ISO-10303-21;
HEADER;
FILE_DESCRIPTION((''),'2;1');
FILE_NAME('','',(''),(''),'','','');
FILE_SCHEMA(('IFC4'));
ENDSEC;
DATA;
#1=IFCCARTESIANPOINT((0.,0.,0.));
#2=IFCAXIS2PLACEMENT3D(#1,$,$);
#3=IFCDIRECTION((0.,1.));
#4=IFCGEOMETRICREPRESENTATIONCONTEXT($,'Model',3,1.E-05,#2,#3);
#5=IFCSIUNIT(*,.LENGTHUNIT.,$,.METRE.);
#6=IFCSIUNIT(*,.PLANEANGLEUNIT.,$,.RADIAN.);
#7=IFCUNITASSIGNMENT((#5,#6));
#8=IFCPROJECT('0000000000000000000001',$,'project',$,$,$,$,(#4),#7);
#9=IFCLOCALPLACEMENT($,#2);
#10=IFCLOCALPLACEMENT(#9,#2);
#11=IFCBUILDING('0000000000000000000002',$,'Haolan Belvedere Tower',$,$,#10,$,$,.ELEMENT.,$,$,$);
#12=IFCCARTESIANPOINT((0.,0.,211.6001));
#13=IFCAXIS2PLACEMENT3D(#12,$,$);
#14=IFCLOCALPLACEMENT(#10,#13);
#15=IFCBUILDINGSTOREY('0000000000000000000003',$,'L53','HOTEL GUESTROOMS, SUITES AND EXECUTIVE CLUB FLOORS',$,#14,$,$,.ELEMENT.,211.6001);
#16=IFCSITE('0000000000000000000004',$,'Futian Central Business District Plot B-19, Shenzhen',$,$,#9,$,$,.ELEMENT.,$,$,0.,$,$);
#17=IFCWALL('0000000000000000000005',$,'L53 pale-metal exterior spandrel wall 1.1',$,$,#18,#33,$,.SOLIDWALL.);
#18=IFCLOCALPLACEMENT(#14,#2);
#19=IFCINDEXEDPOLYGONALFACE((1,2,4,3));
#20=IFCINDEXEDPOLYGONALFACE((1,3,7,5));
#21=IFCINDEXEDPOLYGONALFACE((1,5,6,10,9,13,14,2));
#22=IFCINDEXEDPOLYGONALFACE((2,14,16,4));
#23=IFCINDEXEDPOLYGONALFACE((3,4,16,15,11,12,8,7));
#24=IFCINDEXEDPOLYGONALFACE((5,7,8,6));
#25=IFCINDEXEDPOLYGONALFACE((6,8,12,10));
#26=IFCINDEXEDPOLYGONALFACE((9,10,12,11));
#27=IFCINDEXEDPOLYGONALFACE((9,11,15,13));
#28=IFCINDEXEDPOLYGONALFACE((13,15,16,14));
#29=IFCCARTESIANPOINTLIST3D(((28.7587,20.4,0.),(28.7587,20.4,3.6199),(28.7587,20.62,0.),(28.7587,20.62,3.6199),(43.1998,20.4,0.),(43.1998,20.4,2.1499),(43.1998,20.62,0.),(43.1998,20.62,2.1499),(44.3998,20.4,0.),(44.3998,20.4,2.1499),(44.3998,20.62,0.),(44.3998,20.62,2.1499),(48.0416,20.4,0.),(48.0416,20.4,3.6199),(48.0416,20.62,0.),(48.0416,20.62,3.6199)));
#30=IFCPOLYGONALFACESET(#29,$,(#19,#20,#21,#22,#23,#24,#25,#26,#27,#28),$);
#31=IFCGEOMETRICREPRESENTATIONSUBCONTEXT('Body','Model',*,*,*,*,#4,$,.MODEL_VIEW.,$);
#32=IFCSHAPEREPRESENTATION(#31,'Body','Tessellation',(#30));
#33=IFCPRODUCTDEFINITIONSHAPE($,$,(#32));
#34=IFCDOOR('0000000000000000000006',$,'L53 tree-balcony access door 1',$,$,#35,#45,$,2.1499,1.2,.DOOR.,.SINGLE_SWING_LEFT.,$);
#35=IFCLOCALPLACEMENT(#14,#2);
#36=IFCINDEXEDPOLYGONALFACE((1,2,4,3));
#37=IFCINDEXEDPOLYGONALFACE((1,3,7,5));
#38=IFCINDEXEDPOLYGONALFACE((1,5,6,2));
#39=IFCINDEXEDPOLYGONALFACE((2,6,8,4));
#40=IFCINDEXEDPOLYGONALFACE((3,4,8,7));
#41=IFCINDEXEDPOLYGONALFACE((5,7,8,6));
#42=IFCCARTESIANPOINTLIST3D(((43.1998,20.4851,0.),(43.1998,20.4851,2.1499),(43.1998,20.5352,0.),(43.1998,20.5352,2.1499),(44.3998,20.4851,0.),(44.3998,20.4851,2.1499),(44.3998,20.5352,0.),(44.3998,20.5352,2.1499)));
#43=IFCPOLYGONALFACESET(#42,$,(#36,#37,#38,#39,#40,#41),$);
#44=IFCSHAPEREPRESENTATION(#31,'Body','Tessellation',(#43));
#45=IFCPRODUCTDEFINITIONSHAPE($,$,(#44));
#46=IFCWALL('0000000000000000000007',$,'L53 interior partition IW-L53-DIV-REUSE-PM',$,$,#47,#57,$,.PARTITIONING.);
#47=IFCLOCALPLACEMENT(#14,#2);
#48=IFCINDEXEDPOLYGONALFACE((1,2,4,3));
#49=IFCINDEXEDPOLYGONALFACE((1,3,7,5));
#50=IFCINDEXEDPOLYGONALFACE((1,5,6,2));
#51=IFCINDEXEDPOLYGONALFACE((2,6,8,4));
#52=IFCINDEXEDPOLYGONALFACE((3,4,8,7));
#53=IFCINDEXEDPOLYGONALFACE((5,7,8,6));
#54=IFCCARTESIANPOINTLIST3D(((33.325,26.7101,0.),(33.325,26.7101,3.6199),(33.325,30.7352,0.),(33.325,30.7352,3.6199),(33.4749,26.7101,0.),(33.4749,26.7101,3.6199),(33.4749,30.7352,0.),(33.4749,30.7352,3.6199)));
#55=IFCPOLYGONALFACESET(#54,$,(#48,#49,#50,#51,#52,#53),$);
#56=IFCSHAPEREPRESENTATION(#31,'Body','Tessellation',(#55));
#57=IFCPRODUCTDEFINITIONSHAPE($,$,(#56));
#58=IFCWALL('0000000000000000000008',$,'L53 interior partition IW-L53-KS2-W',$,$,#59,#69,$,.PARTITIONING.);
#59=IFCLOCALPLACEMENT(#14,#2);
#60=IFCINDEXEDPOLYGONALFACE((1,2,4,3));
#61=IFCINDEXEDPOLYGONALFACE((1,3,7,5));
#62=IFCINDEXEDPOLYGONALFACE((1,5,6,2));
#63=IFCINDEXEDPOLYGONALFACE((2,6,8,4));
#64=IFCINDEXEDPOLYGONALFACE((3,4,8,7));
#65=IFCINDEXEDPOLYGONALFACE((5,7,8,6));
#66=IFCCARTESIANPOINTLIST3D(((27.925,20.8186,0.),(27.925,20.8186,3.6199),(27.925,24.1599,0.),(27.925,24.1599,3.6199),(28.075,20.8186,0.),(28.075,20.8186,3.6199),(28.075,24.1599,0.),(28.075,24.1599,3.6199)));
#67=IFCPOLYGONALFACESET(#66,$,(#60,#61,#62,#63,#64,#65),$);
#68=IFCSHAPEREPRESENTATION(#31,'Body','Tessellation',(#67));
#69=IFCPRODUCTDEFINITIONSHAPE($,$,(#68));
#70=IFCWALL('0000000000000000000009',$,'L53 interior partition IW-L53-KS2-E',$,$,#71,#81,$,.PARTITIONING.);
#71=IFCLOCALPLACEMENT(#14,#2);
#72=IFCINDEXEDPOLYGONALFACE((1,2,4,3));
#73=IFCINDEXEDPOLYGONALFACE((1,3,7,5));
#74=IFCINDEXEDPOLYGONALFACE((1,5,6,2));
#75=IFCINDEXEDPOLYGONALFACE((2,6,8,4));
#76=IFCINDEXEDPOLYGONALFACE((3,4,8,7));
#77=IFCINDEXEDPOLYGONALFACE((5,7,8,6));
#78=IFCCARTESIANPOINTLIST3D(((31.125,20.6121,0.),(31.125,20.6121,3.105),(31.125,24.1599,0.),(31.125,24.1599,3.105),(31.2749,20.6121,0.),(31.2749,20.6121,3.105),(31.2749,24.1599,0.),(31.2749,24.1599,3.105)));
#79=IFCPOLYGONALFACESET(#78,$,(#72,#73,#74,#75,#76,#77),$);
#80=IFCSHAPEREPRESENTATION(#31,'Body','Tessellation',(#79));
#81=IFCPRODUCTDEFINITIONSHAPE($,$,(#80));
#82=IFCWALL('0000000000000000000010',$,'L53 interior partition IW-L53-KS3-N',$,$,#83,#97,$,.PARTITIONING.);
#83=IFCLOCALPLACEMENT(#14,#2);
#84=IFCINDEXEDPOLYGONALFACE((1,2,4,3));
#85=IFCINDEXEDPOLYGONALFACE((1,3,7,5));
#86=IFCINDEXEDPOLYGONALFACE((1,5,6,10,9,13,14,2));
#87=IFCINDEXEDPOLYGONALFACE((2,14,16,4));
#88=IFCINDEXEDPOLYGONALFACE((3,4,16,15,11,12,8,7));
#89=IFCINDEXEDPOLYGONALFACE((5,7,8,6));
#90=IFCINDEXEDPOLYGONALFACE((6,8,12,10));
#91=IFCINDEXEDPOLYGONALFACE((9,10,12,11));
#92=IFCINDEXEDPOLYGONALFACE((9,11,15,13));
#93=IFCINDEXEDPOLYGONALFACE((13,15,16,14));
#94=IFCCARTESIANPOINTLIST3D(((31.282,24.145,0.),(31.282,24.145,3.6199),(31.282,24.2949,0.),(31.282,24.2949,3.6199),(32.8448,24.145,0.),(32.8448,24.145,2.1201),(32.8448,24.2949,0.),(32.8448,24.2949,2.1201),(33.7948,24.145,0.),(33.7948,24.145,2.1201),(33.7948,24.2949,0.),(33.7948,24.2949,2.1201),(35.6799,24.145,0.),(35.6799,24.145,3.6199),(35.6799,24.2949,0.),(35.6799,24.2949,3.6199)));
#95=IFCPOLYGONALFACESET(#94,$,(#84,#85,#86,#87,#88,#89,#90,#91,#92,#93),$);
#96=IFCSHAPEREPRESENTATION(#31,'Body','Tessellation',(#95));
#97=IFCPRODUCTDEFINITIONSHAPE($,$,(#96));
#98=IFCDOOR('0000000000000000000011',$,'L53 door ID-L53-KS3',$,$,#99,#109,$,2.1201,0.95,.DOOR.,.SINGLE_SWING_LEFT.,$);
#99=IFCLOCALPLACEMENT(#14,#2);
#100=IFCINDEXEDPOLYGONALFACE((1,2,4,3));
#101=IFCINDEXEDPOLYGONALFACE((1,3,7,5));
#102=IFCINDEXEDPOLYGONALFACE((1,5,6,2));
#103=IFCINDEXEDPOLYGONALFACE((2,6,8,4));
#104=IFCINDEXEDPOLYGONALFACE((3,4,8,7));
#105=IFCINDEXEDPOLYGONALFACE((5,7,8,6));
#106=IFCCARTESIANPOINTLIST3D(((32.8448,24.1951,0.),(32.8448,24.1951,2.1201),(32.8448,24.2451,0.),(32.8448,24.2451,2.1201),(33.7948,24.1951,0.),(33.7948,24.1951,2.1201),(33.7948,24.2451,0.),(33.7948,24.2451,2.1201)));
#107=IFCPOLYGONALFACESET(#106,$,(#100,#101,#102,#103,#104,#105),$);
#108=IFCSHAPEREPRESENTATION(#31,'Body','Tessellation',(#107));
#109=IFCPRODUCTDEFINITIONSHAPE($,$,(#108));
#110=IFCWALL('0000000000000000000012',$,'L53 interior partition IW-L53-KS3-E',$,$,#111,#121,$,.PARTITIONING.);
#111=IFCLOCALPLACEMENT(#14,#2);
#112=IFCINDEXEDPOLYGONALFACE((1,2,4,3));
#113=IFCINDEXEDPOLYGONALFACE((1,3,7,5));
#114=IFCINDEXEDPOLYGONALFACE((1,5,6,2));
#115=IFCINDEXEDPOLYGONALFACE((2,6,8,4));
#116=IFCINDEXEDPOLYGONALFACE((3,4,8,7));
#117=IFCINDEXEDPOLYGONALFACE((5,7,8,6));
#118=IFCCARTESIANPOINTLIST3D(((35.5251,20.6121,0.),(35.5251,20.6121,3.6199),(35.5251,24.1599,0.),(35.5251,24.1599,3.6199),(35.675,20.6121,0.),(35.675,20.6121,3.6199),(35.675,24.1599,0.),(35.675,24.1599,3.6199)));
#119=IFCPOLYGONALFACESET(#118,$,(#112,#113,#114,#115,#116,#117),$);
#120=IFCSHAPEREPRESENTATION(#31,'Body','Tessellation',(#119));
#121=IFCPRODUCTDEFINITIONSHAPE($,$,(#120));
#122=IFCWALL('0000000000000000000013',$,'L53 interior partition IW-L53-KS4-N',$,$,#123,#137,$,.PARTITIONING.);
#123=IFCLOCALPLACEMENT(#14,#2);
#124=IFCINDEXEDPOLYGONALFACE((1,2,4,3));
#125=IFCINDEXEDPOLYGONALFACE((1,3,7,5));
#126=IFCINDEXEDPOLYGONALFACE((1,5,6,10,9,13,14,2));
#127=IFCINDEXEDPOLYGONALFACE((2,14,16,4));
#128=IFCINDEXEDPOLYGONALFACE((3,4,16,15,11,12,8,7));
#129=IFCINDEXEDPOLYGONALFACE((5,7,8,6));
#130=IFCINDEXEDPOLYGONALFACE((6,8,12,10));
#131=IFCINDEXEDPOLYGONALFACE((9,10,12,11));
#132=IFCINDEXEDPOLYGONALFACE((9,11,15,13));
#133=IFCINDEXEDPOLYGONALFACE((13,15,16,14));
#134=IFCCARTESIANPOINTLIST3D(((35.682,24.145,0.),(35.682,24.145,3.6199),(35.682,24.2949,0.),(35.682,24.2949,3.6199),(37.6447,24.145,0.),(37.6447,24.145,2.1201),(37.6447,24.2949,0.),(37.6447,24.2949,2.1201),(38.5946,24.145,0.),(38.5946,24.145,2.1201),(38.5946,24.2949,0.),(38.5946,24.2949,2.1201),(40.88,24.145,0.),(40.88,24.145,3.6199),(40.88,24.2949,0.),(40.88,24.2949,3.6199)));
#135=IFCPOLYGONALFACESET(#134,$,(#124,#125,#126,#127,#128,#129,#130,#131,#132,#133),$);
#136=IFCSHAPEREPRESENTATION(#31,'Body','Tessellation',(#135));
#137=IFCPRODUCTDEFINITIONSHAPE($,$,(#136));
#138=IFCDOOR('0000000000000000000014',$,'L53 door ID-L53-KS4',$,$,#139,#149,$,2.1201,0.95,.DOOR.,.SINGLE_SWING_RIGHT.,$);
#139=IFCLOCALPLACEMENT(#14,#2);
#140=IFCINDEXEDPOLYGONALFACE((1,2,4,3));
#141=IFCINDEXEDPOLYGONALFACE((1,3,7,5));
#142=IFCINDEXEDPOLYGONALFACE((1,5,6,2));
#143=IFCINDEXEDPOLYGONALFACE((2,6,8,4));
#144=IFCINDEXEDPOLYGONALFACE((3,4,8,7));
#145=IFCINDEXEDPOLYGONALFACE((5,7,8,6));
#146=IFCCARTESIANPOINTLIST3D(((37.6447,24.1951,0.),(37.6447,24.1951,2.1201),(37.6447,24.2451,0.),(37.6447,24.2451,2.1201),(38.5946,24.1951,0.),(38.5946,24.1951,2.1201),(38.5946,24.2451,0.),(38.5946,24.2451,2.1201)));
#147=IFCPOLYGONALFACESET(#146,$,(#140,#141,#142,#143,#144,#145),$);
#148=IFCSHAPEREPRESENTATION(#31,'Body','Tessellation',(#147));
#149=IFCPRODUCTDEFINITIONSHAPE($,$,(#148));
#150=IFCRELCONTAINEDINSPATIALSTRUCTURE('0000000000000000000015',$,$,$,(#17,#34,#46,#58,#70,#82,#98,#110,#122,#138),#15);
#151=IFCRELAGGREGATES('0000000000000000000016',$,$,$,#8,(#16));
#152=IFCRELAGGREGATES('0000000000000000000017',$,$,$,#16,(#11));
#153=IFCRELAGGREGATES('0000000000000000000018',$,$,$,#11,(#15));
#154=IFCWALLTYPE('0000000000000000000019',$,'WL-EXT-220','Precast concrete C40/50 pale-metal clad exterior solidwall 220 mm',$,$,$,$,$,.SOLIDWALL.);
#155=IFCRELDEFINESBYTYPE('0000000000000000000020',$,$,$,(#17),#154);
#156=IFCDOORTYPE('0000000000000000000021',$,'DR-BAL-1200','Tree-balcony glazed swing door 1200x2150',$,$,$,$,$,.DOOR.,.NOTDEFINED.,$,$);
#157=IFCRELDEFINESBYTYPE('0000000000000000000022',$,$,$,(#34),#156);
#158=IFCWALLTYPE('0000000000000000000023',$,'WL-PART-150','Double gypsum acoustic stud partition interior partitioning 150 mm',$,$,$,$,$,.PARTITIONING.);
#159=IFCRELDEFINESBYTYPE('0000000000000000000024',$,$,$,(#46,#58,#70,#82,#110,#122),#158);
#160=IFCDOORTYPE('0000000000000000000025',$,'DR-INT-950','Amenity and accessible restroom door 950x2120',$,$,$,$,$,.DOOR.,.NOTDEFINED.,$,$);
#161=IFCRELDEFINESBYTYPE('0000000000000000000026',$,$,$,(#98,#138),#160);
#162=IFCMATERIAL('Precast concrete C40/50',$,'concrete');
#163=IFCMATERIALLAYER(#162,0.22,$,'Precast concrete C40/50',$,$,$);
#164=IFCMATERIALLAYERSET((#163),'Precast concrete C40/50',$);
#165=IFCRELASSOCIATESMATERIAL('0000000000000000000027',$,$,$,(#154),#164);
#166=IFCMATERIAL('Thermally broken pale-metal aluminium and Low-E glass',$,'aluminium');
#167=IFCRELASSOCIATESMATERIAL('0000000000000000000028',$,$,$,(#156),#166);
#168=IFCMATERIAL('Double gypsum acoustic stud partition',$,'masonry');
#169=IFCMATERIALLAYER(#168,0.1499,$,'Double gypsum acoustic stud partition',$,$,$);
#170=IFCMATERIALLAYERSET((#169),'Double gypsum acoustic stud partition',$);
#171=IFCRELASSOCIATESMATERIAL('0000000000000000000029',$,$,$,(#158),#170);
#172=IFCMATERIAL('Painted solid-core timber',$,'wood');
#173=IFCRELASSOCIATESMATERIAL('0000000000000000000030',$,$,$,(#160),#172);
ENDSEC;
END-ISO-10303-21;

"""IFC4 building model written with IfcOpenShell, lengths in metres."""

from ifc_helpers import new_model, si_unit, direction, frame, frame_2d, origin, place, context, subcontext, project, spatial, rectangle, extrude, material, layer, layer_set, type_object, element, fill, save


model = new_model("IFC4")

# Units and contexts
model_context = context("Model", 3, precision=1e-05, world=origin(), true_north=direction((0.0, 1.0)))
body_context = subcontext(model_context, "Body", "Model", "MODEL_VIEW")
ifc_project = project(units=[si_unit("LENGTHUNIT", "METRE"), si_unit("PLANEANGLEUNIT", "RADIAN")], contexts=[model_context])

# Site, building, storey
site_placement = place(None, origin())
site = spatial("IfcSite", under=ifc_project, at=site_placement, Name="Futian Central Business District Plot B-19, Shenzhen", CompositionType="ELEMENT", RefElevation=0.0)
building_placement = place(site_placement, origin())
building = spatial("IfcBuilding", under=site, at=building_placement, Name="Haolan Belvedere Tower", CompositionType="ELEMENT")
storey_placement = place(building_placement, frame((0.0, 0.0, 211.6001)))
storey = spatial("IfcBuildingStorey", under=building, at=storey_placement, Name="L53", Description="HOTEL GUESTROOMS, SUITES AND EXECUTIVE CLUB FLOORS", CompositionType="ELEMENT", Elevation=211.6001)

# Wall, opening, door
ifc_material_1 = material(Name="Precast concrete C40/50", Category="concrete")
ifc_layer_1 = layer(ifc_material_1, 0.22, Name="Precast concrete C40/50")
ifc_layer_set_1 = layer_set([ifc_layer_1], Name="Precast concrete C40/50")
wall_type_1 = type_object("IfcWallType", Name="WL-EXT-220", Description="Precast concrete C40/50 pale-metal clad exterior solidwall 220 mm", PredefinedType="SOLIDWALL", material=ifc_layer_set_1)
wall_1_placement = place(storey_placement, frame((28.7585, 20.51, 0.0), z_axis=(0.0, 0.0, 1.0), x_axis=(1.0, 0.0, 0.0)))
wall_1 = element("IfcWall", 1, at=wall_1_placement, inside=storey, type_object=wall_type_1, Name="L53 pale-metal exterior spandrel wall 1.1", PredefinedType="SOLIDWALL", context=body_context, shape_type="SweptSolid", body=[
    extrude(rectangle(XDim=19.283, YDim=0.22, at=frame_2d((9.6416, 0.0))), origin(), (0.0, 0.0, 1.0), 3.6199),
])
opening_1_placement = place(wall_1_placement, frame((15.6414, 0.0, 0.0), z_axis=(0.0, 0.0, 1.0), x_axis=(-1.0, 0.0, 0.0)))
opening_1 = element("IfcOpeningElement", 2, at=opening_1_placement, cuts=wall_1, PredefinedType="OPENING", context=body_context, shape_type="SweptSolid", body=[
    extrude(rectangle(XDim=1.2, YDim=2.1499, at=frame_2d((0.6001, 1.075))), frame((0.0, 0.1199, 0.0), z_axis=(0.0, -1.0, 0.0), x_axis=(1.0, 0.0, 0.0)), (0.0, 0.0, 1.0), 0.24),
])
ifc_material_2 = material(Name="Thermally broken pale-metal aluminium and Low-E glass", Category="aluminium")
door_type_1 = type_object("IfcDoorType", Name="DR-BAL-1200", Description="Tree-balcony glazed swing door 1200x2150", OperationType="NOTDEFINED", PredefinedType="DOOR", material=ifc_material_2)
door_1_placement = place(opening_1_placement, origin())
door_1 = element("IfcDoor", 3, at=door_1_placement, inside=storey, type_object=door_type_1, Name="L53 tree-balcony access door 1", OperationType="SINGLE_SWING_LEFT", OverallHeight=2.1499, OverallWidth=1.2, PredefinedType="DOOR", context=body_context, shape_type="SweptSolid", body=[
    extrude(rectangle(XDim=1.2, YDim=2.1499, at=frame_2d((0.6001, 1.075))), frame((0.0, 0.0249, 0.0), z_axis=(0.0, -1.0, 0.0), x_axis=(1.0, 0.0, 0.0)), (0.0, 0.0, 1.0), 0.05),
])
fill(opening_1, door_1)

# Walls
ifc_material_3 = material(Name="Double gypsum acoustic stud partition", Category="masonry")
ifc_layer_2 = layer(ifc_material_3, 0.1499, Name="Double gypsum acoustic stud partition")
ifc_layer_set_2 = layer_set([ifc_layer_2], Name="Double gypsum acoustic stud partition")
wall_type_2 = type_object("IfcWallType", Name="WL-PART-150", Description="Double gypsum acoustic stud partition interior partitioning 150 mm", PredefinedType="PARTITIONING", material=ifc_layer_set_2)
wall_2_placement = place(storey_placement, frame((33.3999, 26.71, 0.0), z_axis=(0.0, 0.0, 1.0), x_axis=(0.0, 1.0, 0.0)))
element("IfcWall", 4, at=wall_2_placement, inside=storey, type_object=wall_type_2, Name="L53 interior partition IW-L53-DIV-REUSE-PM", PredefinedType="PARTITIONING", context=body_context, shape_type="SweptSolid", body=[
    extrude(rectangle(XDim=4.0251, YDim=0.1499, at=frame_2d((2.0127, 0.0))), origin(), (0.0, 0.0, 1.0), 3.6199),
])
wall_3_placement = place(storey_placement, frame((28.0, 20.8186, 0.0), z_axis=(0.0, 0.0, 1.0), x_axis=(0.0, 1.0, 0.0)))
element("IfcWall", 5, at=wall_3_placement, inside=storey, type_object=wall_type_2, Name="L53 interior partition IW-L53-KS2-W", PredefinedType="PARTITIONING", context=body_context, shape_type="SweptSolid", body=[
    extrude(rectangle(XDim=3.3413, YDim=0.1499, at=frame_2d((1.6707, 0.0))), origin(), (0.0, 0.0, 1.0), 3.6199),
])
wall_4_placement = place(storey_placement, frame((31.2, 20.6121, 0.0), z_axis=(0.0, 0.0, 1.0), x_axis=(0.0, 1.0, 0.0)))
element("IfcWall", 6, at=wall_4_placement, inside=storey, type_object=wall_type_2, Name="L53 interior partition IW-L53-KS2-E", PredefinedType="PARTITIONING", context=body_context, shape_type="SweptSolid", body=[
    extrude(rectangle(XDim=3.5479, YDim=0.1499, at=frame_2d((1.7739, 0.0))), origin(), (0.0, 0.0, 1.0), 3.105),
])

# Wall, opening, door
wall_5_placement = place(storey_placement, frame((31.282, 24.22, 0.0), z_axis=(0.0, 0.0, 1.0), x_axis=(1.0, 0.0, 0.0)))
wall_5 = element("IfcWall", 7, at=wall_5_placement, inside=storey, type_object=wall_type_2, Name="L53 interior partition IW-L53-KS3-N", PredefinedType="PARTITIONING", context=body_context, shape_type="SweptSolid", body=[
    extrude(rectangle(XDim=4.3979, YDim=0.1499, at=frame_2d((2.199, 0.0))), origin(), (0.0, 0.0, 1.0), 3.6199),
])
opening_2_placement = place(wall_5_placement, frame((2.5129, 0.0, 0.0), z_axis=(0.0, 0.0, 1.0), x_axis=(-1.0, 0.0, 0.0)))
opening_2 = element("IfcOpeningElement", 8, at=opening_2_placement, cuts=wall_5, PredefinedType="OPENING", context=body_context, shape_type="SweptSolid", body=[
    extrude(rectangle(XDim=0.95, YDim=2.1201, at=frame_2d((0.4751, 1.0601))), frame((0.0, 0.085, 0.0), z_axis=(0.0, -1.0, 0.0), x_axis=(1.0, 0.0, 0.0)), (0.0, 0.0, 1.0), 0.1699),
])
ifc_material_4 = material(Name="Painted solid-core timber", Category="wood")
door_type_2 = type_object("IfcDoorType", Name="DR-INT-950", Description="Amenity and accessible restroom door 950x2120", OperationType="NOTDEFINED", PredefinedType="DOOR", material=ifc_material_4)
door_2_placement = place(opening_2_placement, origin())
door_2 = element("IfcDoor", 9, at=door_2_placement, inside=storey, type_object=door_type_2, Name="L53 door ID-L53-KS3", OperationType="SINGLE_SWING_LEFT", OverallHeight=2.1201, OverallWidth=0.95, PredefinedType="DOOR", context=body_context, shape_type="SweptSolid", body=[
    extrude(rectangle(XDim=0.95, YDim=2.1201, at=frame_2d((0.4751, 1.0601))), frame((0.0, 0.0249, 0.0), z_axis=(0.0, -1.0, 0.0), x_axis=(1.0, 0.0, 0.0)), (0.0, 0.0, 1.0), 0.05),
])
fill(opening_2, door_2)

# Wall
wall_6_placement = place(storey_placement, frame((35.6001, 20.6121, 0.0), z_axis=(0.0, 0.0, 1.0), x_axis=(0.0, 1.0, 0.0)))
element("IfcWall", 10, at=wall_6_placement, inside=storey, type_object=wall_type_2, Name="L53 interior partition IW-L53-KS3-E", PredefinedType="PARTITIONING", context=body_context, shape_type="SweptSolid", body=[
    extrude(rectangle(XDim=3.5479, YDim=0.1499, at=frame_2d((1.7739, 0.0))), origin(), (0.0, 0.0, 1.0), 3.6199),
])

# Wall, opening, door
wall_7_placement = place(storey_placement, frame((35.6819, 24.22, 0.0), z_axis=(0.0, 0.0, 1.0), x_axis=(1.0, 0.0, 0.0)))
wall_7 = element("IfcWall", 11, at=wall_7_placement, inside=storey, type_object=wall_type_2, Name="L53 interior partition IW-L53-KS4-N", PredefinedType="PARTITIONING", context=body_context, shape_type="SweptSolid", body=[
    extrude(rectangle(XDim=5.198, YDim=0.1499, at=frame_2d((2.5991, 0.0))), origin(), (0.0, 0.0, 1.0), 3.6199),
])
opening_3_placement = place(wall_7_placement, frame((2.9128, 0.0, 0.0), z_axis=(0.0, 0.0, 1.0), x_axis=(-1.0, 0.0, 0.0)))
opening_3 = element("IfcOpeningElement", 12, at=opening_3_placement, cuts=wall_7, PredefinedType="OPENING", context=body_context, shape_type="SweptSolid", body=[
    extrude(rectangle(XDim=0.95, YDim=2.1201, at=frame_2d((0.4751, 1.0601))), frame((0.0, 0.085, 0.0), z_axis=(0.0, -1.0, 0.0), x_axis=(1.0, 0.0, 0.0)), (0.0, 0.0, 1.0), 0.1699),
])
door_3_placement = place(opening_3_placement, origin())
door_3 = element("IfcDoor", 13, at=door_3_placement, inside=storey, type_object=door_type_2, Name="L53 door ID-L53-KS4", OperationType="SINGLE_SWING_RIGHT", OverallHeight=2.1201, OverallWidth=0.95, PredefinedType="DOOR", context=body_context, shape_type="SweptSolid", body=[
    extrude(rectangle(XDim=0.95, YDim=2.1201, at=frame_2d((0.4751, 1.0601))), frame((0.0, 0.0249, 0.0), z_axis=(0.0, -1.0, 0.0), x_axis=(1.0, 0.0, 0.0)), (0.0, 0.0, 1.0), 0.05),
])
fill(opening_3, door_3)

save(model, "model.ifc")
